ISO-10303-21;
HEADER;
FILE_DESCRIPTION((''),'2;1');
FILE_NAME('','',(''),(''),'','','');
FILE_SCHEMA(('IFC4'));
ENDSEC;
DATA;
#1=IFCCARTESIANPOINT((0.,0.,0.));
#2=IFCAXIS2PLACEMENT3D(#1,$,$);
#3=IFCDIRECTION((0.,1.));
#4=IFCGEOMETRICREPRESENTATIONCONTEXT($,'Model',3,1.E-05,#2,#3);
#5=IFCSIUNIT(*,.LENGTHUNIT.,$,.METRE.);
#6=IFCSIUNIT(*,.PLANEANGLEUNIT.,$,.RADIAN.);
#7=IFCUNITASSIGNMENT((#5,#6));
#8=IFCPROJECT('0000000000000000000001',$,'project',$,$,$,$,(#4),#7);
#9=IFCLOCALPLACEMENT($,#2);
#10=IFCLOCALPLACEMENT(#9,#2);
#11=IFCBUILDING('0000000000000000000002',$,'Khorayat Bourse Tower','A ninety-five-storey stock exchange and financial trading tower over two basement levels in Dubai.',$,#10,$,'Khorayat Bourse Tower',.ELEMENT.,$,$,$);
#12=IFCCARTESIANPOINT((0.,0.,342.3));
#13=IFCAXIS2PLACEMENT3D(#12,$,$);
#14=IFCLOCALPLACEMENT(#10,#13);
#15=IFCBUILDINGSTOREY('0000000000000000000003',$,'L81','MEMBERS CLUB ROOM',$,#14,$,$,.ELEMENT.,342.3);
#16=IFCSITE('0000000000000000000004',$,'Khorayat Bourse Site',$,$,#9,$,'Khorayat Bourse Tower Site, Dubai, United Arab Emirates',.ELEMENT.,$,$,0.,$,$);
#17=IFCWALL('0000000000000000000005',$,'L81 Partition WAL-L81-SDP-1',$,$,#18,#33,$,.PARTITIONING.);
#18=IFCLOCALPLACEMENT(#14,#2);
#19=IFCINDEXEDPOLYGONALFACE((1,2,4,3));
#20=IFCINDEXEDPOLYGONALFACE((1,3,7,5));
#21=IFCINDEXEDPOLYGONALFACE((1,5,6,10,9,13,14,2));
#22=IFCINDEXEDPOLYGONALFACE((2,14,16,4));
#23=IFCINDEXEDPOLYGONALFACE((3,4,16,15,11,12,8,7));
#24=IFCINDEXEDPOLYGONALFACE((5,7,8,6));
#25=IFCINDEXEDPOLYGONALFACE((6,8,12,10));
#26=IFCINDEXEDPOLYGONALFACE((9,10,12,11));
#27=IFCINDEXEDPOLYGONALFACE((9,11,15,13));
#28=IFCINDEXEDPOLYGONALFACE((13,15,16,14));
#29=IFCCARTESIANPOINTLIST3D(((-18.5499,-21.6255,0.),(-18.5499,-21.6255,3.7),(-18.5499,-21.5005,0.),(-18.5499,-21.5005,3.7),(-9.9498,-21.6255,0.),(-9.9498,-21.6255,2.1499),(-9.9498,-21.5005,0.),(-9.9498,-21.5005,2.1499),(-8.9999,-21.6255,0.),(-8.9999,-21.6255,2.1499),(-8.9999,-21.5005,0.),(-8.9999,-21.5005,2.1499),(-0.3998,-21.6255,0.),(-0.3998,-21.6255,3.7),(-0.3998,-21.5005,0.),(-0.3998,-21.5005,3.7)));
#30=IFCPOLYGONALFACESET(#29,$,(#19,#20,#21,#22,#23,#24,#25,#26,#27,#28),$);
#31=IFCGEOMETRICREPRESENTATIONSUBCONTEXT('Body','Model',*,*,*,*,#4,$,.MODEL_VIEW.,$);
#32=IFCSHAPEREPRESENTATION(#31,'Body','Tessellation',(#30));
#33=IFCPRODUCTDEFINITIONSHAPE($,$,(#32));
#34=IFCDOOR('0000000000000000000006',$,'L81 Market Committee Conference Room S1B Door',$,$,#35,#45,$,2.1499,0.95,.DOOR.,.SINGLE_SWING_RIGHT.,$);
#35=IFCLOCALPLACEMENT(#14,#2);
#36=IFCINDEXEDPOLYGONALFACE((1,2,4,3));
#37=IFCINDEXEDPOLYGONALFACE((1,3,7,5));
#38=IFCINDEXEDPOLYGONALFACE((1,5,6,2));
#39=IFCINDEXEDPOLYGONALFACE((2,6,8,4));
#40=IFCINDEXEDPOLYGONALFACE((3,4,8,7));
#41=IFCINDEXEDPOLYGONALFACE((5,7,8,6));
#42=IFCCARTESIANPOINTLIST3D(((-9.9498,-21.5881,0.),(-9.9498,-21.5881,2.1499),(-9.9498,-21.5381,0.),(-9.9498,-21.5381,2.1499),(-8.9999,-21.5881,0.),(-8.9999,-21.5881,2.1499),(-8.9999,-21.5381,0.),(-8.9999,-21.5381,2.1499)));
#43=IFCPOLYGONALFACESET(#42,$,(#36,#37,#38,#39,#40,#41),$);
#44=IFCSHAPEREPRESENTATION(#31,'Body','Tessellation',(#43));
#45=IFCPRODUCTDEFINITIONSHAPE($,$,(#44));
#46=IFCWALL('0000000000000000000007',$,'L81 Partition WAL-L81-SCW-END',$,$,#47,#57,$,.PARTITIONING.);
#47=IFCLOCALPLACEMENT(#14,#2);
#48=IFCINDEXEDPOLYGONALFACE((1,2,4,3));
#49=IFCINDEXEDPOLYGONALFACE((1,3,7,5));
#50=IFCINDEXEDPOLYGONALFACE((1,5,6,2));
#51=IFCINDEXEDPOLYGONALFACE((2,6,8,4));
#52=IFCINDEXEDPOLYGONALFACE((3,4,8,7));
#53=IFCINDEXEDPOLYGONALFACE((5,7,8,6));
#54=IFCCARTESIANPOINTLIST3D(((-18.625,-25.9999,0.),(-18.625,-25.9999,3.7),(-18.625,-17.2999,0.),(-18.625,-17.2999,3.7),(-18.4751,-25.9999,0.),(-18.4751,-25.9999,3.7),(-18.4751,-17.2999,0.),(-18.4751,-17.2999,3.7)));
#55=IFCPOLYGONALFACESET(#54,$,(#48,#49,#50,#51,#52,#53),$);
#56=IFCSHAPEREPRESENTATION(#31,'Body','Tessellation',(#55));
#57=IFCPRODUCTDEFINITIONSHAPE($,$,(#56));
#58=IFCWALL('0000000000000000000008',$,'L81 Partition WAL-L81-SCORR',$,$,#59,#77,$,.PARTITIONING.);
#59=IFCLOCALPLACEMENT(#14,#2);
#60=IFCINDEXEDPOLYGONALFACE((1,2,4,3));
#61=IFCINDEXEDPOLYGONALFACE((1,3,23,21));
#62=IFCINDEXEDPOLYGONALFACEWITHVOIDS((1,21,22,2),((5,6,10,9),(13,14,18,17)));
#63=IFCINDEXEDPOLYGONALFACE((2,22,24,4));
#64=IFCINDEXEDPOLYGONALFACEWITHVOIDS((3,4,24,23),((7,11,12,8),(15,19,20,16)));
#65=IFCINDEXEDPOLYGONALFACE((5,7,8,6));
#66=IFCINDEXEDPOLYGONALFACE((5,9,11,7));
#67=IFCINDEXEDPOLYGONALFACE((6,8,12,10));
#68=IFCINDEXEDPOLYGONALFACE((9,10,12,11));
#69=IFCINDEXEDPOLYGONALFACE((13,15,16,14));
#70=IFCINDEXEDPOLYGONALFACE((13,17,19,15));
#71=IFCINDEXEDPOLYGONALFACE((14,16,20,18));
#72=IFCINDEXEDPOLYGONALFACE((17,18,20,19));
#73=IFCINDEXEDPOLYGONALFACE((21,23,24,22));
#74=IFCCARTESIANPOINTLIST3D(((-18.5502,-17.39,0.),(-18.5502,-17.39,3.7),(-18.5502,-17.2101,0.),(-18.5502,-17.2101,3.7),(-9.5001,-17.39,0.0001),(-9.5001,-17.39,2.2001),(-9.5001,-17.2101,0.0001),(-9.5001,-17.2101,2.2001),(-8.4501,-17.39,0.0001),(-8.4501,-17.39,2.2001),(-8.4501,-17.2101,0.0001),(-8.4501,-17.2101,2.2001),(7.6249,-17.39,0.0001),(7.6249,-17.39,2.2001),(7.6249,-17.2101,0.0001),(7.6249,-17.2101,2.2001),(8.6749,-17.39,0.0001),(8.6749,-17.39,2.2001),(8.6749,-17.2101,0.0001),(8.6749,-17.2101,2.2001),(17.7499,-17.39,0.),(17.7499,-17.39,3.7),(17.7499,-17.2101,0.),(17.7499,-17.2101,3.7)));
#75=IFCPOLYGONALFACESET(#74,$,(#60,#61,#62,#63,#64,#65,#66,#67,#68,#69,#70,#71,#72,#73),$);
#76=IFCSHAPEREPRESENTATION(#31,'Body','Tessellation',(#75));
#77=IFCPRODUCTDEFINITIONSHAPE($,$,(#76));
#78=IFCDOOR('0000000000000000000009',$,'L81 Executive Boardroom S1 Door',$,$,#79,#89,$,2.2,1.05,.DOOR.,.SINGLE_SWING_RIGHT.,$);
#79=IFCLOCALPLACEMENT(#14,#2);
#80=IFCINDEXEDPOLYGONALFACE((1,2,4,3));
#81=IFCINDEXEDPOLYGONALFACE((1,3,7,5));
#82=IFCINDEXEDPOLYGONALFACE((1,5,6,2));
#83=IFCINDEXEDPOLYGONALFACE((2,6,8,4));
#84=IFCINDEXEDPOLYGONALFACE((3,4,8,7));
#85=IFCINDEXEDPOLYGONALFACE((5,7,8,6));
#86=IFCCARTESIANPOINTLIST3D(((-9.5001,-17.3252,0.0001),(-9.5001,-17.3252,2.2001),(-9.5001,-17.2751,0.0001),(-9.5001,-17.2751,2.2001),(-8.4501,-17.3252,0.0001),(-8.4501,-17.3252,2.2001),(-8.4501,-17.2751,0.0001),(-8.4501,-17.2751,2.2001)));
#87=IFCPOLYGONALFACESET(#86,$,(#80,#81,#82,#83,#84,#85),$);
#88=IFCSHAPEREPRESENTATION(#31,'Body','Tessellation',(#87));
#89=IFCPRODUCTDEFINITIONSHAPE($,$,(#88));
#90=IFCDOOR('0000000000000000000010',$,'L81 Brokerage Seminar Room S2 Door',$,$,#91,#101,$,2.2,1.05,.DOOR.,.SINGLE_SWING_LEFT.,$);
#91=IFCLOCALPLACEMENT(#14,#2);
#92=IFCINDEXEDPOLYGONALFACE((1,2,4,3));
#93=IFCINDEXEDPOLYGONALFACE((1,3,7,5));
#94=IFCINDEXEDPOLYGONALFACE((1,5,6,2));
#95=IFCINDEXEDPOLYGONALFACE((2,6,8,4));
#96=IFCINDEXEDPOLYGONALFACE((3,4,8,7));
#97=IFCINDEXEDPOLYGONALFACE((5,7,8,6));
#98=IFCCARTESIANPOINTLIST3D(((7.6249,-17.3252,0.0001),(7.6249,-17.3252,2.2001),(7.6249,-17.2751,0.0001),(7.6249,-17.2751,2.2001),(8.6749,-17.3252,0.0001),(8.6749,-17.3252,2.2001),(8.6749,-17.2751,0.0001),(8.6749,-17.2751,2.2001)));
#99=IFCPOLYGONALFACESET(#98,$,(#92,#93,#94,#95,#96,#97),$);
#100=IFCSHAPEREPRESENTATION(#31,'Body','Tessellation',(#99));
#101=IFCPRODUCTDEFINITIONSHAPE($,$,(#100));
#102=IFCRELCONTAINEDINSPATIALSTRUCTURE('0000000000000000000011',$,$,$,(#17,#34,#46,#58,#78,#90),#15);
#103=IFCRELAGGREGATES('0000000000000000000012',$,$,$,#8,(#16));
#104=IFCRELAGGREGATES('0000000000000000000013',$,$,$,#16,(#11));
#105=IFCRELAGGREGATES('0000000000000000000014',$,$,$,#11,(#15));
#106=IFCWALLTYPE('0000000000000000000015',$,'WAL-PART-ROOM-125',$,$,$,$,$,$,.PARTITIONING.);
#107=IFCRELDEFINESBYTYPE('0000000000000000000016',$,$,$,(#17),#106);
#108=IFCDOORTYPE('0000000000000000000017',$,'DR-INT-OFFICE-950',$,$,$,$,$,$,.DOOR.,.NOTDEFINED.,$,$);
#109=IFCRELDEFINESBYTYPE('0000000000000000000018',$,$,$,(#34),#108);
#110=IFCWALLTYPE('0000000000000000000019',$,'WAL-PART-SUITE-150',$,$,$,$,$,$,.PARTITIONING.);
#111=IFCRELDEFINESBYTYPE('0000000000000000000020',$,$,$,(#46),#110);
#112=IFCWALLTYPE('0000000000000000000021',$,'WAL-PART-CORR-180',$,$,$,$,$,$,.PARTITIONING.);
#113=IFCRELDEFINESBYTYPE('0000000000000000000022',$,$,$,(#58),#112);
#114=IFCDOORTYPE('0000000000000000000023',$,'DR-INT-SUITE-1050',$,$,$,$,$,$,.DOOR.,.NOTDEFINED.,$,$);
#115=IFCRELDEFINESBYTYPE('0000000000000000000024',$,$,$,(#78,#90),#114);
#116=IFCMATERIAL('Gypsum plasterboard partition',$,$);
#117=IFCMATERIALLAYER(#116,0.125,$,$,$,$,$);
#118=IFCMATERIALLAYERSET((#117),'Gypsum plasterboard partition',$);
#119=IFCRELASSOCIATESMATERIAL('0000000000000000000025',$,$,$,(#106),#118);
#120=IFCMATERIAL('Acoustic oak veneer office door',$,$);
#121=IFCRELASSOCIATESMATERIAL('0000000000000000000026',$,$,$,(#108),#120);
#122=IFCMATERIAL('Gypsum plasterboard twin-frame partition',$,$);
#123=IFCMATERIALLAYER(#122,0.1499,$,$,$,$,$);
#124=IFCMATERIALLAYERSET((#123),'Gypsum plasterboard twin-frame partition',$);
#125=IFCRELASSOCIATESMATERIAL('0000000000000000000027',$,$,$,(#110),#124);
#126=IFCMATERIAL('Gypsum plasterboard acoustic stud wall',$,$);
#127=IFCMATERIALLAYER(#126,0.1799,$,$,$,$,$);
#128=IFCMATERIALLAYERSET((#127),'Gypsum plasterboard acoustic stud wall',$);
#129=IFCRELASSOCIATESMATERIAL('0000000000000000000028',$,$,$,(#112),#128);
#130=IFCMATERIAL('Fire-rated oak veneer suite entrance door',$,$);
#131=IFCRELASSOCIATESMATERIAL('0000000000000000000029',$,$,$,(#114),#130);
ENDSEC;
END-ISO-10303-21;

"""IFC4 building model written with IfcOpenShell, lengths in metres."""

from ifc_helpers import new_model, si_unit, direction, frame, frame_2d, origin, place, context, subcontext, project, spatial, rectangle, extrude, source, transform, mapped, material, layer, layer_set, type_object, element, fill, save


model = new_model("IFC4")

# Units and contexts
model_context = context("Model", 3, precision=1e-05, world=origin(), true_north=direction((0.0, 1.0)))
body_context = subcontext(model_context, "Body", "Model", "MODEL_VIEW")
ifc_project = project(units=[si_unit("LENGTHUNIT", "METRE"), si_unit("PLANEANGLEUNIT", "RADIAN")], contexts=[model_context])

# Site, building, storey
site_placement = place(None, origin())
site = spatial("IfcSite", under=ifc_project, at=site_placement, Name="Khorayat Bourse Site", LongName="Khorayat Bourse Tower Site, Dubai, United Arab Emirates", CompositionType="ELEMENT", RefElevation=0.0)
building_placement = place(site_placement, origin())
building = spatial("IfcBuilding", under=site, at=building_placement, Name="Khorayat Bourse Tower", Description="A ninety-five-storey stock exchange and financial trading tower over two basement levels in Dubai.", LongName="Khorayat Bourse Tower", CompositionType="ELEMENT")
storey_placement = place(building_placement, frame((0.0, 0.0, 342.3)))
storey = spatial("IfcBuildingStorey", under=building, at=storey_placement, Name="L81", Description="MEMBERS CLUB ROOM", CompositionType="ELEMENT", Elevation=342.3)

# Wall, opening, door
ifc_material_1 = material(Name="Gypsum plasterboard partition")
ifc_layer_1 = layer(ifc_material_1, 0.125)
ifc_layer_set_1 = layer_set([ifc_layer_1], Name="Gypsum plasterboard partition")
wall_type_1 = type_object("IfcWallType", Name="WAL-PART-ROOM-125", PredefinedType="PARTITIONING", material=ifc_layer_set_1)
shared_shape_1 = source(origin(), body_context, "Body", "SweptSolid", [
    extrude(rectangle(XDim=18.1501, YDim=0.125, at=frame_2d((9.0752, 0.0))), origin(), (0.0, 0.0, 1.0), 3.7),
])
wall_1_placement = place(storey_placement, frame((-18.55, -21.563, 0.0), z_axis=(0.0, 0.0, 1.0), x_axis=(1.0, 0.0, 0.0)))
wall_1 = element("IfcWall", 1, at=wall_1_placement, inside=storey, type_object=wall_type_1, Name="L81 Partition WAL-L81-SDP-1", PredefinedType="PARTITIONING", context=body_context, shape_type="MappedRepresentation", body=[
    mapped(shared_shape_1, transform((0.0, 0.0, 0.0), scale=1.0)),
])
shared_shape_2 = source(origin(), body_context, "Body", "SweptSolid", [
    extrude(rectangle(XDim=0.95, YDim=2.1499, at=frame_2d((0.4751, 1.075))), frame((0.0, 0.0725, 0.0), z_axis=(0.0, -1.0, 0.0), x_axis=(1.0, 0.0, 0.0)), (0.0, 0.0, 1.0), 0.145),
])
opening_1_placement = place(wall_1_placement, frame((8.6001, 0.0, 0.0)))
opening_1 = element("IfcOpeningElement", 2, at=opening_1_placement, cuts=wall_1, PredefinedType="OPENING", context=body_context, shape_type="MappedRepresentation", body=[
    mapped(shared_shape_2, transform((0.0, 0.0, 0.0), scale=1.0)),
])
ifc_material_2 = material(Name="Acoustic oak veneer office door")
door_type_1 = type_object("IfcDoorType", Name="DR-INT-OFFICE-950", OperationType="NOTDEFINED", PredefinedType="DOOR", material=ifc_material_2)
shared_shape_3 = source(origin(), body_context, "Body", "SweptSolid", [
    extrude(rectangle(XDim=0.95, YDim=2.1499, at=frame_2d((0.4751, 1.075))), frame((0.0, 0.0249, 0.0), z_axis=(0.0, -1.0, 0.0), x_axis=(1.0, 0.0, 0.0)), (0.0, 0.0, 1.0), 0.05),
])
door_1_placement = place(opening_1_placement, origin())
door_1 = element("IfcDoor", 3, at=door_1_placement, inside=storey, type_object=door_type_1, Name="L81 Market Committee Conference Room S1B Door", OperationType="SINGLE_SWING_RIGHT", OverallHeight=2.1499, OverallWidth=0.95, PredefinedType="DOOR", context=body_context, shape_type="MappedRepresentation", body=[
    mapped(shared_shape_3, transform((0.0, 0.0, 0.0), scale=1.0)),
])
fill(opening_1, door_1)

# Wall
ifc_material_3 = material(Name="Gypsum plasterboard twin-frame partition")
ifc_layer_2 = layer(ifc_material_3, 0.1499)
ifc_layer_set_2 = layer_set([ifc_layer_2], Name="Gypsum plasterboard twin-frame partition")
wall_type_2 = type_object("IfcWallType", Name="WAL-PART-SUITE-150", PredefinedType="PARTITIONING", material=ifc_layer_set_2)
shared_shape_4 = source(origin(), body_context, "Body", "SweptSolid", [
    extrude(rectangle(XDim=8.7, YDim=0.1499, at=frame_2d((4.3501, 0.0))), origin(), (0.0, 0.0, 1.0), 3.7),
])
wall_2_placement = place(storey_placement, frame((-18.55, -26.0, 0.0), z_axis=(0.0, 0.0, 1.0), x_axis=(0.0, 1.0, 0.0)))
element("IfcWall", 4, at=wall_2_placement, inside=storey, type_object=wall_type_2, Name="L81 Partition WAL-L81-SCW-END", PredefinedType="PARTITIONING", context=body_context, shape_type="MappedRepresentation", body=[
    mapped(shared_shape_4, transform((0.0, 0.0, 0.0), scale=1.0)),
])

# Wall, openings, doors
ifc_material_4 = material(Name="Gypsum plasterboard acoustic stud wall")
ifc_layer_3 = layer(ifc_material_4, 0.1799)
ifc_layer_set_3 = layer_set([ifc_layer_3], Name="Gypsum plasterboard acoustic stud wall")
wall_type_3 = type_object("IfcWallType", Name="WAL-PART-CORR-180", PredefinedType="PARTITIONING", material=ifc_layer_set_3)
shared_shape_5 = source(origin(), body_context, "Body", "SweptSolid", [
    extrude(rectangle(XDim=36.3, YDim=0.1799, at=frame_2d((18.1499, 0.0))), origin(), (0.0, 0.0, 1.0), 3.7),
])
wall_3_placement = place(storey_placement, frame((-18.55, -17.3, 0.0), z_axis=(0.0, 0.0, 1.0), x_axis=(1.0, 0.0, 0.0)))
wall_3 = element("IfcWall", 5, at=wall_3_placement, inside=storey, type_object=wall_type_3, Name="L81 Partition WAL-L81-SCORR", PredefinedType="PARTITIONING", context=body_context, shape_type="MappedRepresentation", body=[
    mapped(shared_shape_5, transform((0.0, 0.0, 0.0), scale=1.0)),
])
shared_shape_6 = source(origin(), body_context, "Body", "SweptSolid", [
    extrude(rectangle(XDim=1.05, YDim=2.2, at=frame_2d((0.5249, 1.1001))), frame((0.0, 0.0999, 0.0), z_axis=(0.0, -1.0, 0.0), x_axis=(1.0, 0.0, 0.0)), (0.0, 0.0, 1.0), 0.2),
])
opening_2_placement = place(wall_3_placement, frame((9.05, 0.0, 0.0)))
opening_2 = element("IfcOpeningElement", 6, at=opening_2_placement, cuts=wall_3, PredefinedType="OPENING", context=body_context, shape_type="MappedRepresentation", body=[
    mapped(shared_shape_6, transform((0.0, 0.0, 0.0), scale=1.0)),
])
opening_3_placement = place(wall_3_placement, frame((26.175, 0.0, 0.0)))
opening_3 = element("IfcOpeningElement", 7, at=opening_3_placement, cuts=wall_3, PredefinedType="OPENING", context=body_context, shape_type="MappedRepresentation", body=[
    mapped(shared_shape_6, transform((0.0, 0.0, 0.0), scale=1.0)),
])
ifc_material_5 = material(Name="Fire-rated oak veneer suite entrance door")
door_type_2 = type_object("IfcDoorType", Name="DR-INT-SUITE-1050", OperationType="NOTDEFINED", PredefinedType="DOOR", material=ifc_material_5)
shared_shape_7 = source(origin(), body_context, "Body", "SweptSolid", [
    extrude(rectangle(XDim=1.05, YDim=2.2, at=frame_2d((0.5249, 1.1001))), frame((0.0, 0.0249, 0.0), z_axis=(0.0, -1.0, 0.0), x_axis=(1.0, 0.0, 0.0)), (0.0, 0.0, 1.0), 0.05),
])
door_2_placement = place(opening_2_placement, origin())
door_2 = element("IfcDoor", 8, at=door_2_placement, inside=storey, type_object=door_type_2, Name="L81 Executive Boardroom S1 Door", OperationType="SINGLE_SWING_RIGHT", OverallHeight=2.2, OverallWidth=1.05, PredefinedType="DOOR", context=body_context, shape_type="MappedRepresentation", body=[
    mapped(shared_shape_7, transform((0.0, 0.0, 0.0), scale=1.0)),
])
fill(opening_2, door_2)
door_3_placement = place(opening_3_placement, origin())
door_3 = element("IfcDoor", 9, at=door_3_placement, inside=storey, type_object=door_type_2, Name="L81 Brokerage Seminar Room S2 Door", OperationType="SINGLE_SWING_LEFT", OverallHeight=2.2, OverallWidth=1.05, PredefinedType="DOOR", context=body_context, shape_type="MappedRepresentation", body=[
    mapped(shared_shape_7, transform((0.0, 0.0, 0.0), scale=1.0)),
])
fill(opening_3, door_3)

save(model, "model.ifc")
